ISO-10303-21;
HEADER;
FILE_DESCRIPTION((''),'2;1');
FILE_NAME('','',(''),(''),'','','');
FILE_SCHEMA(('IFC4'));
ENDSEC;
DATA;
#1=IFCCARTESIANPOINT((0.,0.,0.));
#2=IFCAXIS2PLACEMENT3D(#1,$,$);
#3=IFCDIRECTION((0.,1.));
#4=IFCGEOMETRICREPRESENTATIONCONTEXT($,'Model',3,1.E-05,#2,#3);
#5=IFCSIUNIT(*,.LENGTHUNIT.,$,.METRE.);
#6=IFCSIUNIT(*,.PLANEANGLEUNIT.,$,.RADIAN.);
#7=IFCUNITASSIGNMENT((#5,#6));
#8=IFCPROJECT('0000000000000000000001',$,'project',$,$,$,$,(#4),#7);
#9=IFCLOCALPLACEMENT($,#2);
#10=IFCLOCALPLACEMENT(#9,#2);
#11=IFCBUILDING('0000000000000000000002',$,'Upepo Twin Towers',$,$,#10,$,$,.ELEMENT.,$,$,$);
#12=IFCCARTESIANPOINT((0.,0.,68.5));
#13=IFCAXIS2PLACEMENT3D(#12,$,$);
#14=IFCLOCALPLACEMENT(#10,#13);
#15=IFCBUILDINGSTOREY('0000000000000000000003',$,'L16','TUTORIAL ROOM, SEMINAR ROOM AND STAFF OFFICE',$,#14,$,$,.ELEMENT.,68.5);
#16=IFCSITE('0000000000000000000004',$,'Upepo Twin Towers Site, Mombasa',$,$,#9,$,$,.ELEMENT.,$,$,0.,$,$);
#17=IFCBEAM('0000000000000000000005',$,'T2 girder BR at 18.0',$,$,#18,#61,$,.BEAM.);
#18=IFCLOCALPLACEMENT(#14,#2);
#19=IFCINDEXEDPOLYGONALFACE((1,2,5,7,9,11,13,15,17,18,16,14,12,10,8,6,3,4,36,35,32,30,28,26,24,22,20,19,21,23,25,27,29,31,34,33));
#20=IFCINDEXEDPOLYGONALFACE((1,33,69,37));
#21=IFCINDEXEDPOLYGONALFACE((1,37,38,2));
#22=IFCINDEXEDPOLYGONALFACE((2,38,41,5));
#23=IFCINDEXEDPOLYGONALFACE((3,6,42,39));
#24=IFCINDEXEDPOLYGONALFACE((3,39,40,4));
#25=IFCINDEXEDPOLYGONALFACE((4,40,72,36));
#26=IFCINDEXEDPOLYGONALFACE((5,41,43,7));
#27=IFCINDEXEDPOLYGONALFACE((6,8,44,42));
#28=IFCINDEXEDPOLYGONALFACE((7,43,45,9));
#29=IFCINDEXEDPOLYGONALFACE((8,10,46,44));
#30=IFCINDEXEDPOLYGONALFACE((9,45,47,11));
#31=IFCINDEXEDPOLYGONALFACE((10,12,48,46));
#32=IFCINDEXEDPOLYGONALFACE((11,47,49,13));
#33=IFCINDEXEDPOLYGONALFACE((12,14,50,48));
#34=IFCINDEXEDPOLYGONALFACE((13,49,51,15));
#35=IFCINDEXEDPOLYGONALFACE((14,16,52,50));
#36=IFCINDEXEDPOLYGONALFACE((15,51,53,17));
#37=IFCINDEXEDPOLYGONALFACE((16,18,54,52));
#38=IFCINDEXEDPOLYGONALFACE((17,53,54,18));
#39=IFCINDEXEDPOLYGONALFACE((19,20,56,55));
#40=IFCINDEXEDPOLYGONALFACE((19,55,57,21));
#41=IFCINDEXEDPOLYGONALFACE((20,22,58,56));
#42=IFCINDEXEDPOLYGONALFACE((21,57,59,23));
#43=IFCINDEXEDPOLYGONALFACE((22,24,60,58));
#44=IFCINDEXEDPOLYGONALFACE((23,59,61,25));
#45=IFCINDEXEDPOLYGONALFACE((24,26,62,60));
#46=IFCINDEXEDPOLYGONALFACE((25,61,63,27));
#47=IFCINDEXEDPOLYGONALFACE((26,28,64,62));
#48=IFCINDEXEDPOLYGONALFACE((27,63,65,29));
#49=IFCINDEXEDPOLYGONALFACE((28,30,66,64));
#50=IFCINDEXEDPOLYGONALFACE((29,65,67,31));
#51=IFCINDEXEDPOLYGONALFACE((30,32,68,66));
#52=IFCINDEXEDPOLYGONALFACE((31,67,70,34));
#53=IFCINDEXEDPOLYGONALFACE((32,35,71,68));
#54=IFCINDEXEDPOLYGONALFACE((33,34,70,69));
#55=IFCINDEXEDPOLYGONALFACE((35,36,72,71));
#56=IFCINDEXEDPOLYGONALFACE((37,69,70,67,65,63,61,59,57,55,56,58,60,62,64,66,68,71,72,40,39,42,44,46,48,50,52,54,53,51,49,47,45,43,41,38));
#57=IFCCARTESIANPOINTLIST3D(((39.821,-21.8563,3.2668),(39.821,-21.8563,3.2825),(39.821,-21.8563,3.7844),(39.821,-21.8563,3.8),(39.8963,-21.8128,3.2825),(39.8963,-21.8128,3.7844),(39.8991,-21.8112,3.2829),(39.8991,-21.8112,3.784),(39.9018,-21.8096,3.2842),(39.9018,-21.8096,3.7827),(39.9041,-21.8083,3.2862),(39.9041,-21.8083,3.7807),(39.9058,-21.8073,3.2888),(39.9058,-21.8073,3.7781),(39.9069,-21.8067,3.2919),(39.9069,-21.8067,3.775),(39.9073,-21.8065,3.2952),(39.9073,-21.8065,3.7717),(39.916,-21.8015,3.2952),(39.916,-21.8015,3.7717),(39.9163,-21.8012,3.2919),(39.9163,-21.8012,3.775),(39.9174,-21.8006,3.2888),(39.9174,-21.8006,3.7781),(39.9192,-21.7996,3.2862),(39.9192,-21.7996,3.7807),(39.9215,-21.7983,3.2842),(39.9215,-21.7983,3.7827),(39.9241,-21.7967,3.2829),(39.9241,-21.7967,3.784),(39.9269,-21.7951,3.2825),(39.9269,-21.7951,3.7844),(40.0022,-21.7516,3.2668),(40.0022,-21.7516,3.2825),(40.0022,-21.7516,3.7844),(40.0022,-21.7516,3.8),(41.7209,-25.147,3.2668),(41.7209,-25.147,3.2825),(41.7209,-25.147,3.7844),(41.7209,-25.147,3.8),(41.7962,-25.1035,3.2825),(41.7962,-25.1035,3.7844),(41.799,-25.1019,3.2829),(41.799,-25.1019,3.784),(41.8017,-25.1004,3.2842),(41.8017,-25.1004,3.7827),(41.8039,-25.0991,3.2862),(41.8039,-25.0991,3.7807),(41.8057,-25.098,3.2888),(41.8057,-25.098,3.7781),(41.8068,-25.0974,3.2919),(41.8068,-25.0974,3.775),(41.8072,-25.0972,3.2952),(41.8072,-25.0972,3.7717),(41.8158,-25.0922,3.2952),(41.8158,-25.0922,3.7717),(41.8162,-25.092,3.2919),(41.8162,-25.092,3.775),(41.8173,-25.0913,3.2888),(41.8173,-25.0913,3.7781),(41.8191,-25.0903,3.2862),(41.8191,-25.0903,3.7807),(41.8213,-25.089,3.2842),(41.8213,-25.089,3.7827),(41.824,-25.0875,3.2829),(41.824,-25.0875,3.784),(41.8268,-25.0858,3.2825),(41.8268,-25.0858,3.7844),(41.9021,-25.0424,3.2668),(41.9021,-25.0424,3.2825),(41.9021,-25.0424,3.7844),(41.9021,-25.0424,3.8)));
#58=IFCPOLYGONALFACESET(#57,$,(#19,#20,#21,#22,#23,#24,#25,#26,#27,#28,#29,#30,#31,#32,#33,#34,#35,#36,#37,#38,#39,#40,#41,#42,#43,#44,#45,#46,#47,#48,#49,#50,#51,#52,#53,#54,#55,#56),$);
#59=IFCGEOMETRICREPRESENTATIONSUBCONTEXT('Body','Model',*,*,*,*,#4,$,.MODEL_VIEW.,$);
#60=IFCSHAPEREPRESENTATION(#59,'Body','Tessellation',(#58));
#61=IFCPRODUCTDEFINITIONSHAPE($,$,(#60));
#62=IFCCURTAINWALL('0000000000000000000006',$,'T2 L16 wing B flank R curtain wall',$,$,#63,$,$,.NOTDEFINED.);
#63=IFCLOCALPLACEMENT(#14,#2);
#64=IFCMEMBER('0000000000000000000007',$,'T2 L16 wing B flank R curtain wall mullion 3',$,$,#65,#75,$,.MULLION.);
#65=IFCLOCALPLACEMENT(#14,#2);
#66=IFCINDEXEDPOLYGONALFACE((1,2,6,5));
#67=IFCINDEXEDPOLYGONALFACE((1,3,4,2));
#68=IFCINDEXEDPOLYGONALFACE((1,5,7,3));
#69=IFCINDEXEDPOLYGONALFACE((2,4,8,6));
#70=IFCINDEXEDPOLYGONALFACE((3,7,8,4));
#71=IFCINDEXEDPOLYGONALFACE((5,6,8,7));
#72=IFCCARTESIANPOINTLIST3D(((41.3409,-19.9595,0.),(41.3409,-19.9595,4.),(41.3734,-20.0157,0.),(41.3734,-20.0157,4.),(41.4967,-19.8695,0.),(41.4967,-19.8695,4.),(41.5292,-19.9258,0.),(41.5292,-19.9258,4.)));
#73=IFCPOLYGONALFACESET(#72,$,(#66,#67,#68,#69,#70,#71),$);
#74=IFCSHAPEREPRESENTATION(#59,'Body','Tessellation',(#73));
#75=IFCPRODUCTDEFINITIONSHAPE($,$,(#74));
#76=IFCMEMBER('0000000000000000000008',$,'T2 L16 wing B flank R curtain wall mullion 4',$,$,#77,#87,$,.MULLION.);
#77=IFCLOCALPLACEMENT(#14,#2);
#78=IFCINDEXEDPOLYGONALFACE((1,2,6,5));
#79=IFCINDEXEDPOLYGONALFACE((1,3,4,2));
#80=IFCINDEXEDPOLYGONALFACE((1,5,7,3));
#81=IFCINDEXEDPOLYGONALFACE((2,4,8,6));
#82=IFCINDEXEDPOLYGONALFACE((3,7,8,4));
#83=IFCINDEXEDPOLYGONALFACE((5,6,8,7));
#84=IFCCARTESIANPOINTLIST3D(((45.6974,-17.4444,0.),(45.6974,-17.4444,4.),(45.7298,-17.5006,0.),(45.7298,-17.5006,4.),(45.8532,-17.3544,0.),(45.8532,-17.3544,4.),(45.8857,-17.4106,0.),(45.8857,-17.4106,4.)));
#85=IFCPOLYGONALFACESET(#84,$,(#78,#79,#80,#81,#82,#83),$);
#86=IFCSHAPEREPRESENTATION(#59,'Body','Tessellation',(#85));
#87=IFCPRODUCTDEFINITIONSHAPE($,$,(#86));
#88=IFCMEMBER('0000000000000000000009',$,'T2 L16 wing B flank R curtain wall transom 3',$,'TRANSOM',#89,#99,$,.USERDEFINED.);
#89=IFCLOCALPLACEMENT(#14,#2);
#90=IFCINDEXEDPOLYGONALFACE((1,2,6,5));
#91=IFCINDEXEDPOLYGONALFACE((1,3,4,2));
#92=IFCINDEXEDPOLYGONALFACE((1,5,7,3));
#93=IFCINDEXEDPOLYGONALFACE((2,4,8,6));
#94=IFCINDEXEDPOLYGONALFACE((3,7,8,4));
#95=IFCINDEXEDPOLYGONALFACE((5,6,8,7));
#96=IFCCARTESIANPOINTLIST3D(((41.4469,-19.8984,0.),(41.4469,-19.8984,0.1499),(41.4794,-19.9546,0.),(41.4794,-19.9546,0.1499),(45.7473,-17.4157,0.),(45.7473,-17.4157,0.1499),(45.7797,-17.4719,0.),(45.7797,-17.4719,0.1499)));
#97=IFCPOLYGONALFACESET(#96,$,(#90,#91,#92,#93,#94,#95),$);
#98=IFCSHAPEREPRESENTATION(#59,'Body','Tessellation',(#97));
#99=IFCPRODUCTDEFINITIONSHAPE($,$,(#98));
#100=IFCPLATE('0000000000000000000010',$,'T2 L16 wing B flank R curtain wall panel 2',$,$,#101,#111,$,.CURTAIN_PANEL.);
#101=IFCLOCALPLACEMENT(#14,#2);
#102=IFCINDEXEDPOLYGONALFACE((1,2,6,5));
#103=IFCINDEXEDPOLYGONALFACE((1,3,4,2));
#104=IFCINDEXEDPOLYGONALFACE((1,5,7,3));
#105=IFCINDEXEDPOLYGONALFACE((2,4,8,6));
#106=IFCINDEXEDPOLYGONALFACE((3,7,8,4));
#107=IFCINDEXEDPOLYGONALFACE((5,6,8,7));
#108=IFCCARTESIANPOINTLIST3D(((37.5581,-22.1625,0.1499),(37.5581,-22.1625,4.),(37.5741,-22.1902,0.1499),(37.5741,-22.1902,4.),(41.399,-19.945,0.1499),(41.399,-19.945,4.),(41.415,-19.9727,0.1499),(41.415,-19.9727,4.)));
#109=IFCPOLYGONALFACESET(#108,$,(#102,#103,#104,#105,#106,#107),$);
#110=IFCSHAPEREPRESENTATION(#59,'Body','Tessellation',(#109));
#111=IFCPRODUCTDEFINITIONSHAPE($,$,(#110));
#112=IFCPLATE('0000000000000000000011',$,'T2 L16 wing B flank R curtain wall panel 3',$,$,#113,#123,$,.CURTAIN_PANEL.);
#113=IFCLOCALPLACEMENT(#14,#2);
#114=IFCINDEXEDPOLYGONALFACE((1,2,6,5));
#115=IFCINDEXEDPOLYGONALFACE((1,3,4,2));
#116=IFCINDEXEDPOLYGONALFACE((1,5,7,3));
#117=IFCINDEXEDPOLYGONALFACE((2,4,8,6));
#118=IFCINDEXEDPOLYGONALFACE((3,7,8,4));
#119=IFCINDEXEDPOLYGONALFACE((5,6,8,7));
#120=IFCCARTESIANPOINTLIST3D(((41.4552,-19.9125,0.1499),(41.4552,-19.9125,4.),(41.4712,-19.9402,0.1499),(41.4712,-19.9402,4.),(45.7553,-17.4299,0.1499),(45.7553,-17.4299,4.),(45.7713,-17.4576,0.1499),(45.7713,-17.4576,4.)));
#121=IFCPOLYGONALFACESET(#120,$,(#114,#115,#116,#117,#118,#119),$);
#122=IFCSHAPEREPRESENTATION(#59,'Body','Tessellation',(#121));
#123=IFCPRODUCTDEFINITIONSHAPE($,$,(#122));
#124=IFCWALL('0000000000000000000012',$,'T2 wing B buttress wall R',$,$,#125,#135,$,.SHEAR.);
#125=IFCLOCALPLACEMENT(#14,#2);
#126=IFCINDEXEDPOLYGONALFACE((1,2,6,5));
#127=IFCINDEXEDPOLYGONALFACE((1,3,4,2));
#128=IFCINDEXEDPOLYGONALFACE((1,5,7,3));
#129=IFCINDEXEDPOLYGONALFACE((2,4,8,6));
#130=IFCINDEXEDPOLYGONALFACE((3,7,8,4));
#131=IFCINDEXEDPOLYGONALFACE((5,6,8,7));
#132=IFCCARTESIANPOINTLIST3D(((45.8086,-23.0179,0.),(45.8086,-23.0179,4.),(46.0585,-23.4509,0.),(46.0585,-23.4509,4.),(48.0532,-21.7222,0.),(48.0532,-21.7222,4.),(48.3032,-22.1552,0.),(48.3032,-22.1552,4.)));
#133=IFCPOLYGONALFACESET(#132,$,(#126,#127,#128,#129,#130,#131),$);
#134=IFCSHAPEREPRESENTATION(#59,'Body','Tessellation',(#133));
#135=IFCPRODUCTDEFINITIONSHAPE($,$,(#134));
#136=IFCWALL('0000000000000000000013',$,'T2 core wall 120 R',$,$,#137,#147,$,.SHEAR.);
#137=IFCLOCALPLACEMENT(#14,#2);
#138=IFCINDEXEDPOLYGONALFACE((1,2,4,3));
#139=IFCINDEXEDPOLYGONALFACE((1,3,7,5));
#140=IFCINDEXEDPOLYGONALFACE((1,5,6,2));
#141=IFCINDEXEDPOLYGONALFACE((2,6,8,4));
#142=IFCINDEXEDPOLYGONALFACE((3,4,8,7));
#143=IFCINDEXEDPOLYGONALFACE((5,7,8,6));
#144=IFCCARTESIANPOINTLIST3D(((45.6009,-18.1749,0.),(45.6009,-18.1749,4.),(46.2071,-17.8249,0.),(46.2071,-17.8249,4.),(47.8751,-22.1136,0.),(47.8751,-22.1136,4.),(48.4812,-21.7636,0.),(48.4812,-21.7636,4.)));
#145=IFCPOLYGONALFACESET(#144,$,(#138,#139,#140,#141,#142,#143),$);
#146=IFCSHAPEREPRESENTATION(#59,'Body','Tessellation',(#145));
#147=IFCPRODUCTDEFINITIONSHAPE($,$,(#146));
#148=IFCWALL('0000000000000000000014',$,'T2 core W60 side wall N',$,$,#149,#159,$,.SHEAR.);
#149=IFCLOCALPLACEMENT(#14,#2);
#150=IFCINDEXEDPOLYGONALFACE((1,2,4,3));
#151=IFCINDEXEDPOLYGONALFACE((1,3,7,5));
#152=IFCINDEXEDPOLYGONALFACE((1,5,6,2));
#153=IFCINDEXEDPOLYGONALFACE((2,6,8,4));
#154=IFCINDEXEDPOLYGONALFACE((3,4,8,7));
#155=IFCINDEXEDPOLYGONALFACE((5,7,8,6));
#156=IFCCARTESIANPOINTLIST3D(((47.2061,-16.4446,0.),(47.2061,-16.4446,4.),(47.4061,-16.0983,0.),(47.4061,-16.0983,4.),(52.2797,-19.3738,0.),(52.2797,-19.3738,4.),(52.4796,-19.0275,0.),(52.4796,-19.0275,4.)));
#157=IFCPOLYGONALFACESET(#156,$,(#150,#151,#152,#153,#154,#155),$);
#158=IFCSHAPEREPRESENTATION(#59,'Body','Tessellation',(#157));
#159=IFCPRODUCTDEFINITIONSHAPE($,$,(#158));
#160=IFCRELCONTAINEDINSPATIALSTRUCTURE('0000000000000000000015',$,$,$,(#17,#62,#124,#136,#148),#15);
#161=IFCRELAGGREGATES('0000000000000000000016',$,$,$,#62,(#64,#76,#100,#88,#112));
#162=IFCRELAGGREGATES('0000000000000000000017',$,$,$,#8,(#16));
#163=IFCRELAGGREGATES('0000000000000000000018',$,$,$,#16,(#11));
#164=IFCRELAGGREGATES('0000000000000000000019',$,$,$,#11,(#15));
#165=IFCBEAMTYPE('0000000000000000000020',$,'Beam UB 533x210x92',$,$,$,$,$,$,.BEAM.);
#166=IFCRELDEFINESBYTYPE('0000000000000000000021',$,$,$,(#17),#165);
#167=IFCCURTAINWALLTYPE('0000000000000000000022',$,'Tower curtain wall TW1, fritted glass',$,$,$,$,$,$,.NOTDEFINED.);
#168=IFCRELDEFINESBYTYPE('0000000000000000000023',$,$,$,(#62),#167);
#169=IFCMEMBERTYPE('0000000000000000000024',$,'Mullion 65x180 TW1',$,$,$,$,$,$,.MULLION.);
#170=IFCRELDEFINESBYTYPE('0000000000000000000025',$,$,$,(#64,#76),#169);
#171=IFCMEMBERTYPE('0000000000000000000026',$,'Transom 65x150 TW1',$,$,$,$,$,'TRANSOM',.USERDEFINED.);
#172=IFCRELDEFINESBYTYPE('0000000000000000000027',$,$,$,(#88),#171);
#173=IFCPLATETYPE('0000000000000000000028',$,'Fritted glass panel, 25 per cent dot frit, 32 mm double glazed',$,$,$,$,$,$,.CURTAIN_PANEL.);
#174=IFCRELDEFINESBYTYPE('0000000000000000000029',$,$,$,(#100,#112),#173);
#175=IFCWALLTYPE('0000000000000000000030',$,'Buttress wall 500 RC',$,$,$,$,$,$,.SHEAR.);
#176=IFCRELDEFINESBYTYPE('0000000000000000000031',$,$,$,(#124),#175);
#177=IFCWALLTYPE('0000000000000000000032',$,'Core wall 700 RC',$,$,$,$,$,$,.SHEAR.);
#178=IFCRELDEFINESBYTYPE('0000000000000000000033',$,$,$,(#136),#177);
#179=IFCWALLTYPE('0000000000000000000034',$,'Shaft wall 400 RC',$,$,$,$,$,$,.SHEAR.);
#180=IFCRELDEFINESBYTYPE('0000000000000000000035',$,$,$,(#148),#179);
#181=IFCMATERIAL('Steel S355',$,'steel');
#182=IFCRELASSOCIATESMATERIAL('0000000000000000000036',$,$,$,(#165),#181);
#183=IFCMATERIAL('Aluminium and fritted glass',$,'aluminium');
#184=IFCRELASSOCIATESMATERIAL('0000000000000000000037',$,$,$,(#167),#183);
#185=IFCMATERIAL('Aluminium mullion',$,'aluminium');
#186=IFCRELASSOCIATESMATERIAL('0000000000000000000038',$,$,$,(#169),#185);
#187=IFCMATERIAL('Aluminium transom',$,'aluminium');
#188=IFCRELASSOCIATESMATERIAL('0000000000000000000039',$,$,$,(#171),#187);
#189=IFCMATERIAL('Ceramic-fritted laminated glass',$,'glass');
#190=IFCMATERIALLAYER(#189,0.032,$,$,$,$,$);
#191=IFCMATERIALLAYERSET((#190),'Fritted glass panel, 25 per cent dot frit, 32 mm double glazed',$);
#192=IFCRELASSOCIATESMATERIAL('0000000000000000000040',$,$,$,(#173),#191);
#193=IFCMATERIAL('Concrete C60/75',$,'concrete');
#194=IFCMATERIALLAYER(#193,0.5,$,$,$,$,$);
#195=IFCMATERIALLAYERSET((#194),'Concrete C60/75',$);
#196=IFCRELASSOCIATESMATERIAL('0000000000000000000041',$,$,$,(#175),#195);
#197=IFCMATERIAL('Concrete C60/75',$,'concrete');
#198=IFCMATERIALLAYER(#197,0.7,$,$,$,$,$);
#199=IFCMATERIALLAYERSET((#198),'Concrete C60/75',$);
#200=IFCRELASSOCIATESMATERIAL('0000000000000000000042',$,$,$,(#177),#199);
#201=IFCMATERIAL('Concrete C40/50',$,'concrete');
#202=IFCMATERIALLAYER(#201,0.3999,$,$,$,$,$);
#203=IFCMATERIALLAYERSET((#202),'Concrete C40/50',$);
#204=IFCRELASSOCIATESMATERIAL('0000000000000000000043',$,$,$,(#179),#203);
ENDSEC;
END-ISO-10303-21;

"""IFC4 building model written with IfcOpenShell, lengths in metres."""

from ifc_helpers import new_model, si_unit, direction, frame, frame_2d, origin, origin_2d, place, context, subcontext, project, spatial, rectangle, i_section, extrude, material, layer, layer_set, material_profile, profile_set, type_object, element, aggregate, save


model = new_model("IFC4")

# Units and contexts
model_context = context("Model", 3, precision=1e-05, world=origin(), true_north=direction((0.0, 1.0)))
body_context = subcontext(model_context, "Body", "Model", "MODEL_VIEW")
ifc_project = project(units=[si_unit("LENGTHUNIT", "METRE"), si_unit("PLANEANGLEUNIT", "RADIAN")], contexts=[model_context])

# Site, building, storey
site_placement = place(None, origin())
site = spatial("IfcSite", under=ifc_project, at=site_placement, Name="Upepo Twin Towers Site, Mombasa", CompositionType="ELEMENT", RefElevation=0.0)
building_placement = place(site_placement, origin())
building = spatial("IfcBuilding", under=site, at=building_placement, Name="Upepo Twin Towers", CompositionType="ELEMENT")
storey_placement = place(building_placement, frame((0.0, 0.0, 68.5)))
storey = spatial("IfcBuildingStorey", under=building, at=storey_placement, Name="L16", Description="TUTORIAL ROOM, SEMINAR ROOM AND STAFF OFFICE", CompositionType="ELEMENT", Elevation=68.5)

# Beam
ifc_material_1 = material(Name="Steel S355", Category="steel")
ifc_material_profile_1 = material_profile(ifc_material_1, i_section(OverallWidth=0.2092, OverallDepth=0.5332, WebThickness=0.01, FlangeThickness=0.0156, FilletRadius=0.0127, at=origin_2d()), Name="UB 533x210x92")
ifc_profile_set_1 = profile_set([ifc_material_profile_1], Name="Steel S355")
beam_type_1 = type_object("IfcBeamType", Name="Beam UB 533x210x92", PredefinedType="BEAM", material=ifc_profile_set_1)
beam_1_placement = place(storey_placement, frame((39.9116, -21.804, 3.5334), z_axis=(0.499995, -0.866028, 0.0), x_axis=(0.866028, 0.499995, 0.0)))
element("IfcBeam", 1, at=beam_1_placement, inside=storey, type_object=beam_type_1, Name="T2 girder BR at 18.0", PredefinedType="BEAM", context=body_context, shape_type="SweptSolid", body=[
    extrude(i_section(OverallWidth=0.2092, OverallDepth=0.5332, WebThickness=0.01, FlangeThickness=0.0156, FilletRadius=0.0127, at=origin_2d()), origin(), (0.0, 0.0, 1.0), 3.7998),
])

# Curtain wall, members, plates
ifc_material_2 = material(Name="Aluminium and fritted glass", Category="aluminium")
curtain_wall_type = type_object("IfcCurtainWallType", Name="Tower curtain wall TW1, fritted glass", PredefinedType="NOTDEFINED", material=ifc_material_2)
curtain_wall_placement = place(storey_placement, origin())
curtain_wall = element("IfcCurtainWall", 2, at=curtain_wall_placement, inside=storey, type_object=curtain_wall_type, Name="T2 L16 wing B flank R curtain wall", PredefinedType="NOTDEFINED")
ifc_material_3 = material(Name="Aluminium mullion", Category="aluminium")
ifc_material_profile_2 = material_profile(ifc_material_3, rectangle(XDim=0.0649, YDim=0.1799, at=origin_2d()), Name="MULLION 65x180")
ifc_profile_set_2 = profile_set([ifc_material_profile_2], Name="Aluminium mullion")
member_type_1 = type_object("IfcMemberType", Name="Mullion 65x180 TW1", PredefinedType="MULLION", material=ifc_profile_set_2)
member_1_placement = place(storey_placement, frame((41.4351, -19.9426, 0.0), z_axis=(0.0, 0.0, 1.0), x_axis=(-0.5, 0.866025, 0.0)))
member_1 = element("IfcMember", 3, at=member_1_placement, type_object=member_type_1, Name="T2 L16 wing B flank R curtain wall mullion 3", PredefinedType="MULLION", context=body_context, shape_type="SweptSolid", body=[
    extrude(rectangle(XDim=0.0649, YDim=0.1799, at=origin_2d()), origin(), (0.0, 0.0, 1.0), 4.0),
])
member_2_placement = place(storey_placement, frame((45.7915, -17.4275, 0.0), z_axis=(0.0, 0.0, 1.0), x_axis=(-0.5, 0.866025, 0.0)))
member_2 = element("IfcMember", 4, at=member_2_placement, type_object=member_type_1, Name="T2 L16 wing B flank R curtain wall mullion 4", PredefinedType="MULLION", context=body_context, shape_type="SweptSolid", body=[
    extrude(rectangle(XDim=0.0649, YDim=0.1799, at=origin_2d()), origin(), (0.0, 0.0, 1.0), 4.0),
])
ifc_material_4 = material(Name="Aluminium transom", Category="aluminium")
ifc_material_profile_3 = material_profile(ifc_material_4, rectangle(XDim=0.0649, YDim=0.1499, at=origin_2d()), Name="TRANSOM 65x150")
ifc_profile_set_3 = profile_set([ifc_material_profile_3], Name="Aluminium transom")
member_type_2 = type_object("IfcMemberType", Name="Transom 65x150 TW1", ElementType="TRANSOM", PredefinedType="USERDEFINED", material=ifc_profile_set_3)
member_3_placement = place(storey_placement, frame((41.4631, -19.9265, 0.075), z_axis=(0.866035, 0.499983, 0.0), x_axis=(-0.499983, 0.866035, 0.0)))
member_3 = element("IfcMember", 5, at=member_3_placement, type_object=member_type_2, Name="T2 L16 wing B flank R curtain wall transom 3", ObjectType="TRANSOM", PredefinedType="USERDEFINED", context=body_context, shape_type="SweptSolid", body=[
    extrude(rectangle(XDim=0.0649, YDim=0.1499, at=origin_2d()), origin(), (0.0, 0.0, 1.0), 4.9656),
])
ifc_material_5 = material(Name="Ceramic-fritted laminated glass", Category="glass")
ifc_layer_1 = layer(ifc_material_5, 0.032)
ifc_layer_set_1 = layer_set([ifc_layer_1], Name="Fritted glass panel, 25 per cent dot frit, 32 mm double glazed")
plate_type = type_object("IfcPlateType", Name="Fritted glass panel, 25 per cent dot frit, 32 mm double glazed", PredefinedType="CURTAIN_PANEL", material=ifc_layer_set_1)
plate_1_placement = place(storey_placement, frame((39.4866, -21.0676, 0.1499), z_axis=(0.0, 0.0, 1.0), x_axis=(0.866025, 0.5, 0.0)))
plate_1 = element("IfcPlate", 6, at=plate_1_placement, type_object=plate_type, Name="T2 L16 wing B flank R curtain wall panel 2", PredefinedType="CURTAIN_PANEL", context=body_context, shape_type="SweptSolid", body=[
    extrude(rectangle(XDim=4.4351, YDim=0.032, at=origin_2d()), origin(), (0.0, 0.0, 1.0), 3.8501),
])
plate_2_placement = place(storey_placement, frame((43.6133, -18.6851, 0.1499), z_axis=(0.0, 0.0, 1.0), x_axis=(0.866025, 0.5, 0.0)))
plate_2 = element("IfcPlate", 7, at=plate_2_placement, type_object=plate_type, Name="T2 L16 wing B flank R curtain wall panel 3", PredefinedType="CURTAIN_PANEL", context=body_context, shape_type="SweptSolid", body=[
    extrude(rectangle(XDim=4.9653, YDim=0.032, at=origin_2d()), origin(), (0.0, 0.0, 1.0), 3.8501),
])
aggregate(curtain_wall, [member_1, member_2, plate_1, member_3, plate_2])

# Walls
ifc_material_6 = material(Name="Concrete C60/75", Category="concrete")
ifc_layer_2 = layer(ifc_material_6, 0.5)
ifc_layer_set_2 = layer_set([ifc_layer_2], Name="Concrete C60/75")
wall_type_1 = type_object("IfcWallType", Name="Buttress wall 500 RC", PredefinedType="SHEAR", material=ifc_layer_set_2)
wall_1_placement = place(storey_placement, frame((48.1782, -21.9387, 0.0), z_axis=(0.0, 0.0, 1.0), x_axis=(-0.866073, -0.499918, 0.0)))
element("IfcWall", 8, at=wall_1_placement, inside=storey, type_object=wall_type_1, Name="T2 wing B buttress wall R", PredefinedType="SHEAR", context=body_context, shape_type="SweptSolid", body=[
    extrude(rectangle(XDim=2.5918, YDim=0.5, at=frame_2d((1.2959, 0.0))), origin(), (0.0, 0.0, 1.0), 4.0),
])
ifc_material_7 = material(Name="Concrete C60/75", Category="concrete")
ifc_layer_3 = layer(ifc_material_7, 0.7)
ifc_layer_set_3 = layer_set([ifc_layer_3], Name="Concrete C60/75")
wall_type_2 = type_object("IfcWallType", Name="Core wall 700 RC", PredefinedType="SHEAR", material=ifc_layer_set_3)
wall_2_placement = place(storey_placement, frame((45.9041, -18.0, 0.0), z_axis=(0.0, 0.0, 1.0), x_axis=(0.500024, -0.866011, 0.0)))
element("IfcWall", 9, at=wall_2_placement, inside=storey, type_object=wall_type_2, Name="T2 core wall 120 R", PredefinedType="SHEAR", context=body_context, shape_type="SweptSolid", body=[
    extrude(rectangle(XDim=4.5481, YDim=0.7, at=frame_2d((2.2739, 0.0))), origin(), (0.0, 0.0, 1.0), 4.0),
])
ifc_material_8 = material(Name="Concrete C40/50", Category="concrete")
ifc_layer_4 = layer(ifc_material_8, 0.3999)
ifc_layer_set_4 = layer_set([ifc_layer_4], Name="Concrete C40/50")
wall_type_3 = type_object("IfcWallType", Name="Shaft wall 400 RC", PredefinedType="SHEAR", material=ifc_layer_set_4)
wall_3_placement = place(storey_placement, frame((52.3796, -19.2007, 0.0), z_axis=(0.0, 0.0, 1.0), x_axis=(-0.866024, 0.500003, 0.0)))
element("IfcWall", 10, at=wall_3_placement, inside=storey, type_object=wall_type_3, Name="T2 core W60 side wall N", PredefinedType="SHEAR", context=body_context, shape_type="SweptSolid", body=[
    extrude(rectangle(XDim=5.8584, YDim=0.3999, at=frame_2d((2.9292, 0.0))), origin(), (0.0, 0.0, 1.0), 4.0),
])

save(model, "model.ifc")
